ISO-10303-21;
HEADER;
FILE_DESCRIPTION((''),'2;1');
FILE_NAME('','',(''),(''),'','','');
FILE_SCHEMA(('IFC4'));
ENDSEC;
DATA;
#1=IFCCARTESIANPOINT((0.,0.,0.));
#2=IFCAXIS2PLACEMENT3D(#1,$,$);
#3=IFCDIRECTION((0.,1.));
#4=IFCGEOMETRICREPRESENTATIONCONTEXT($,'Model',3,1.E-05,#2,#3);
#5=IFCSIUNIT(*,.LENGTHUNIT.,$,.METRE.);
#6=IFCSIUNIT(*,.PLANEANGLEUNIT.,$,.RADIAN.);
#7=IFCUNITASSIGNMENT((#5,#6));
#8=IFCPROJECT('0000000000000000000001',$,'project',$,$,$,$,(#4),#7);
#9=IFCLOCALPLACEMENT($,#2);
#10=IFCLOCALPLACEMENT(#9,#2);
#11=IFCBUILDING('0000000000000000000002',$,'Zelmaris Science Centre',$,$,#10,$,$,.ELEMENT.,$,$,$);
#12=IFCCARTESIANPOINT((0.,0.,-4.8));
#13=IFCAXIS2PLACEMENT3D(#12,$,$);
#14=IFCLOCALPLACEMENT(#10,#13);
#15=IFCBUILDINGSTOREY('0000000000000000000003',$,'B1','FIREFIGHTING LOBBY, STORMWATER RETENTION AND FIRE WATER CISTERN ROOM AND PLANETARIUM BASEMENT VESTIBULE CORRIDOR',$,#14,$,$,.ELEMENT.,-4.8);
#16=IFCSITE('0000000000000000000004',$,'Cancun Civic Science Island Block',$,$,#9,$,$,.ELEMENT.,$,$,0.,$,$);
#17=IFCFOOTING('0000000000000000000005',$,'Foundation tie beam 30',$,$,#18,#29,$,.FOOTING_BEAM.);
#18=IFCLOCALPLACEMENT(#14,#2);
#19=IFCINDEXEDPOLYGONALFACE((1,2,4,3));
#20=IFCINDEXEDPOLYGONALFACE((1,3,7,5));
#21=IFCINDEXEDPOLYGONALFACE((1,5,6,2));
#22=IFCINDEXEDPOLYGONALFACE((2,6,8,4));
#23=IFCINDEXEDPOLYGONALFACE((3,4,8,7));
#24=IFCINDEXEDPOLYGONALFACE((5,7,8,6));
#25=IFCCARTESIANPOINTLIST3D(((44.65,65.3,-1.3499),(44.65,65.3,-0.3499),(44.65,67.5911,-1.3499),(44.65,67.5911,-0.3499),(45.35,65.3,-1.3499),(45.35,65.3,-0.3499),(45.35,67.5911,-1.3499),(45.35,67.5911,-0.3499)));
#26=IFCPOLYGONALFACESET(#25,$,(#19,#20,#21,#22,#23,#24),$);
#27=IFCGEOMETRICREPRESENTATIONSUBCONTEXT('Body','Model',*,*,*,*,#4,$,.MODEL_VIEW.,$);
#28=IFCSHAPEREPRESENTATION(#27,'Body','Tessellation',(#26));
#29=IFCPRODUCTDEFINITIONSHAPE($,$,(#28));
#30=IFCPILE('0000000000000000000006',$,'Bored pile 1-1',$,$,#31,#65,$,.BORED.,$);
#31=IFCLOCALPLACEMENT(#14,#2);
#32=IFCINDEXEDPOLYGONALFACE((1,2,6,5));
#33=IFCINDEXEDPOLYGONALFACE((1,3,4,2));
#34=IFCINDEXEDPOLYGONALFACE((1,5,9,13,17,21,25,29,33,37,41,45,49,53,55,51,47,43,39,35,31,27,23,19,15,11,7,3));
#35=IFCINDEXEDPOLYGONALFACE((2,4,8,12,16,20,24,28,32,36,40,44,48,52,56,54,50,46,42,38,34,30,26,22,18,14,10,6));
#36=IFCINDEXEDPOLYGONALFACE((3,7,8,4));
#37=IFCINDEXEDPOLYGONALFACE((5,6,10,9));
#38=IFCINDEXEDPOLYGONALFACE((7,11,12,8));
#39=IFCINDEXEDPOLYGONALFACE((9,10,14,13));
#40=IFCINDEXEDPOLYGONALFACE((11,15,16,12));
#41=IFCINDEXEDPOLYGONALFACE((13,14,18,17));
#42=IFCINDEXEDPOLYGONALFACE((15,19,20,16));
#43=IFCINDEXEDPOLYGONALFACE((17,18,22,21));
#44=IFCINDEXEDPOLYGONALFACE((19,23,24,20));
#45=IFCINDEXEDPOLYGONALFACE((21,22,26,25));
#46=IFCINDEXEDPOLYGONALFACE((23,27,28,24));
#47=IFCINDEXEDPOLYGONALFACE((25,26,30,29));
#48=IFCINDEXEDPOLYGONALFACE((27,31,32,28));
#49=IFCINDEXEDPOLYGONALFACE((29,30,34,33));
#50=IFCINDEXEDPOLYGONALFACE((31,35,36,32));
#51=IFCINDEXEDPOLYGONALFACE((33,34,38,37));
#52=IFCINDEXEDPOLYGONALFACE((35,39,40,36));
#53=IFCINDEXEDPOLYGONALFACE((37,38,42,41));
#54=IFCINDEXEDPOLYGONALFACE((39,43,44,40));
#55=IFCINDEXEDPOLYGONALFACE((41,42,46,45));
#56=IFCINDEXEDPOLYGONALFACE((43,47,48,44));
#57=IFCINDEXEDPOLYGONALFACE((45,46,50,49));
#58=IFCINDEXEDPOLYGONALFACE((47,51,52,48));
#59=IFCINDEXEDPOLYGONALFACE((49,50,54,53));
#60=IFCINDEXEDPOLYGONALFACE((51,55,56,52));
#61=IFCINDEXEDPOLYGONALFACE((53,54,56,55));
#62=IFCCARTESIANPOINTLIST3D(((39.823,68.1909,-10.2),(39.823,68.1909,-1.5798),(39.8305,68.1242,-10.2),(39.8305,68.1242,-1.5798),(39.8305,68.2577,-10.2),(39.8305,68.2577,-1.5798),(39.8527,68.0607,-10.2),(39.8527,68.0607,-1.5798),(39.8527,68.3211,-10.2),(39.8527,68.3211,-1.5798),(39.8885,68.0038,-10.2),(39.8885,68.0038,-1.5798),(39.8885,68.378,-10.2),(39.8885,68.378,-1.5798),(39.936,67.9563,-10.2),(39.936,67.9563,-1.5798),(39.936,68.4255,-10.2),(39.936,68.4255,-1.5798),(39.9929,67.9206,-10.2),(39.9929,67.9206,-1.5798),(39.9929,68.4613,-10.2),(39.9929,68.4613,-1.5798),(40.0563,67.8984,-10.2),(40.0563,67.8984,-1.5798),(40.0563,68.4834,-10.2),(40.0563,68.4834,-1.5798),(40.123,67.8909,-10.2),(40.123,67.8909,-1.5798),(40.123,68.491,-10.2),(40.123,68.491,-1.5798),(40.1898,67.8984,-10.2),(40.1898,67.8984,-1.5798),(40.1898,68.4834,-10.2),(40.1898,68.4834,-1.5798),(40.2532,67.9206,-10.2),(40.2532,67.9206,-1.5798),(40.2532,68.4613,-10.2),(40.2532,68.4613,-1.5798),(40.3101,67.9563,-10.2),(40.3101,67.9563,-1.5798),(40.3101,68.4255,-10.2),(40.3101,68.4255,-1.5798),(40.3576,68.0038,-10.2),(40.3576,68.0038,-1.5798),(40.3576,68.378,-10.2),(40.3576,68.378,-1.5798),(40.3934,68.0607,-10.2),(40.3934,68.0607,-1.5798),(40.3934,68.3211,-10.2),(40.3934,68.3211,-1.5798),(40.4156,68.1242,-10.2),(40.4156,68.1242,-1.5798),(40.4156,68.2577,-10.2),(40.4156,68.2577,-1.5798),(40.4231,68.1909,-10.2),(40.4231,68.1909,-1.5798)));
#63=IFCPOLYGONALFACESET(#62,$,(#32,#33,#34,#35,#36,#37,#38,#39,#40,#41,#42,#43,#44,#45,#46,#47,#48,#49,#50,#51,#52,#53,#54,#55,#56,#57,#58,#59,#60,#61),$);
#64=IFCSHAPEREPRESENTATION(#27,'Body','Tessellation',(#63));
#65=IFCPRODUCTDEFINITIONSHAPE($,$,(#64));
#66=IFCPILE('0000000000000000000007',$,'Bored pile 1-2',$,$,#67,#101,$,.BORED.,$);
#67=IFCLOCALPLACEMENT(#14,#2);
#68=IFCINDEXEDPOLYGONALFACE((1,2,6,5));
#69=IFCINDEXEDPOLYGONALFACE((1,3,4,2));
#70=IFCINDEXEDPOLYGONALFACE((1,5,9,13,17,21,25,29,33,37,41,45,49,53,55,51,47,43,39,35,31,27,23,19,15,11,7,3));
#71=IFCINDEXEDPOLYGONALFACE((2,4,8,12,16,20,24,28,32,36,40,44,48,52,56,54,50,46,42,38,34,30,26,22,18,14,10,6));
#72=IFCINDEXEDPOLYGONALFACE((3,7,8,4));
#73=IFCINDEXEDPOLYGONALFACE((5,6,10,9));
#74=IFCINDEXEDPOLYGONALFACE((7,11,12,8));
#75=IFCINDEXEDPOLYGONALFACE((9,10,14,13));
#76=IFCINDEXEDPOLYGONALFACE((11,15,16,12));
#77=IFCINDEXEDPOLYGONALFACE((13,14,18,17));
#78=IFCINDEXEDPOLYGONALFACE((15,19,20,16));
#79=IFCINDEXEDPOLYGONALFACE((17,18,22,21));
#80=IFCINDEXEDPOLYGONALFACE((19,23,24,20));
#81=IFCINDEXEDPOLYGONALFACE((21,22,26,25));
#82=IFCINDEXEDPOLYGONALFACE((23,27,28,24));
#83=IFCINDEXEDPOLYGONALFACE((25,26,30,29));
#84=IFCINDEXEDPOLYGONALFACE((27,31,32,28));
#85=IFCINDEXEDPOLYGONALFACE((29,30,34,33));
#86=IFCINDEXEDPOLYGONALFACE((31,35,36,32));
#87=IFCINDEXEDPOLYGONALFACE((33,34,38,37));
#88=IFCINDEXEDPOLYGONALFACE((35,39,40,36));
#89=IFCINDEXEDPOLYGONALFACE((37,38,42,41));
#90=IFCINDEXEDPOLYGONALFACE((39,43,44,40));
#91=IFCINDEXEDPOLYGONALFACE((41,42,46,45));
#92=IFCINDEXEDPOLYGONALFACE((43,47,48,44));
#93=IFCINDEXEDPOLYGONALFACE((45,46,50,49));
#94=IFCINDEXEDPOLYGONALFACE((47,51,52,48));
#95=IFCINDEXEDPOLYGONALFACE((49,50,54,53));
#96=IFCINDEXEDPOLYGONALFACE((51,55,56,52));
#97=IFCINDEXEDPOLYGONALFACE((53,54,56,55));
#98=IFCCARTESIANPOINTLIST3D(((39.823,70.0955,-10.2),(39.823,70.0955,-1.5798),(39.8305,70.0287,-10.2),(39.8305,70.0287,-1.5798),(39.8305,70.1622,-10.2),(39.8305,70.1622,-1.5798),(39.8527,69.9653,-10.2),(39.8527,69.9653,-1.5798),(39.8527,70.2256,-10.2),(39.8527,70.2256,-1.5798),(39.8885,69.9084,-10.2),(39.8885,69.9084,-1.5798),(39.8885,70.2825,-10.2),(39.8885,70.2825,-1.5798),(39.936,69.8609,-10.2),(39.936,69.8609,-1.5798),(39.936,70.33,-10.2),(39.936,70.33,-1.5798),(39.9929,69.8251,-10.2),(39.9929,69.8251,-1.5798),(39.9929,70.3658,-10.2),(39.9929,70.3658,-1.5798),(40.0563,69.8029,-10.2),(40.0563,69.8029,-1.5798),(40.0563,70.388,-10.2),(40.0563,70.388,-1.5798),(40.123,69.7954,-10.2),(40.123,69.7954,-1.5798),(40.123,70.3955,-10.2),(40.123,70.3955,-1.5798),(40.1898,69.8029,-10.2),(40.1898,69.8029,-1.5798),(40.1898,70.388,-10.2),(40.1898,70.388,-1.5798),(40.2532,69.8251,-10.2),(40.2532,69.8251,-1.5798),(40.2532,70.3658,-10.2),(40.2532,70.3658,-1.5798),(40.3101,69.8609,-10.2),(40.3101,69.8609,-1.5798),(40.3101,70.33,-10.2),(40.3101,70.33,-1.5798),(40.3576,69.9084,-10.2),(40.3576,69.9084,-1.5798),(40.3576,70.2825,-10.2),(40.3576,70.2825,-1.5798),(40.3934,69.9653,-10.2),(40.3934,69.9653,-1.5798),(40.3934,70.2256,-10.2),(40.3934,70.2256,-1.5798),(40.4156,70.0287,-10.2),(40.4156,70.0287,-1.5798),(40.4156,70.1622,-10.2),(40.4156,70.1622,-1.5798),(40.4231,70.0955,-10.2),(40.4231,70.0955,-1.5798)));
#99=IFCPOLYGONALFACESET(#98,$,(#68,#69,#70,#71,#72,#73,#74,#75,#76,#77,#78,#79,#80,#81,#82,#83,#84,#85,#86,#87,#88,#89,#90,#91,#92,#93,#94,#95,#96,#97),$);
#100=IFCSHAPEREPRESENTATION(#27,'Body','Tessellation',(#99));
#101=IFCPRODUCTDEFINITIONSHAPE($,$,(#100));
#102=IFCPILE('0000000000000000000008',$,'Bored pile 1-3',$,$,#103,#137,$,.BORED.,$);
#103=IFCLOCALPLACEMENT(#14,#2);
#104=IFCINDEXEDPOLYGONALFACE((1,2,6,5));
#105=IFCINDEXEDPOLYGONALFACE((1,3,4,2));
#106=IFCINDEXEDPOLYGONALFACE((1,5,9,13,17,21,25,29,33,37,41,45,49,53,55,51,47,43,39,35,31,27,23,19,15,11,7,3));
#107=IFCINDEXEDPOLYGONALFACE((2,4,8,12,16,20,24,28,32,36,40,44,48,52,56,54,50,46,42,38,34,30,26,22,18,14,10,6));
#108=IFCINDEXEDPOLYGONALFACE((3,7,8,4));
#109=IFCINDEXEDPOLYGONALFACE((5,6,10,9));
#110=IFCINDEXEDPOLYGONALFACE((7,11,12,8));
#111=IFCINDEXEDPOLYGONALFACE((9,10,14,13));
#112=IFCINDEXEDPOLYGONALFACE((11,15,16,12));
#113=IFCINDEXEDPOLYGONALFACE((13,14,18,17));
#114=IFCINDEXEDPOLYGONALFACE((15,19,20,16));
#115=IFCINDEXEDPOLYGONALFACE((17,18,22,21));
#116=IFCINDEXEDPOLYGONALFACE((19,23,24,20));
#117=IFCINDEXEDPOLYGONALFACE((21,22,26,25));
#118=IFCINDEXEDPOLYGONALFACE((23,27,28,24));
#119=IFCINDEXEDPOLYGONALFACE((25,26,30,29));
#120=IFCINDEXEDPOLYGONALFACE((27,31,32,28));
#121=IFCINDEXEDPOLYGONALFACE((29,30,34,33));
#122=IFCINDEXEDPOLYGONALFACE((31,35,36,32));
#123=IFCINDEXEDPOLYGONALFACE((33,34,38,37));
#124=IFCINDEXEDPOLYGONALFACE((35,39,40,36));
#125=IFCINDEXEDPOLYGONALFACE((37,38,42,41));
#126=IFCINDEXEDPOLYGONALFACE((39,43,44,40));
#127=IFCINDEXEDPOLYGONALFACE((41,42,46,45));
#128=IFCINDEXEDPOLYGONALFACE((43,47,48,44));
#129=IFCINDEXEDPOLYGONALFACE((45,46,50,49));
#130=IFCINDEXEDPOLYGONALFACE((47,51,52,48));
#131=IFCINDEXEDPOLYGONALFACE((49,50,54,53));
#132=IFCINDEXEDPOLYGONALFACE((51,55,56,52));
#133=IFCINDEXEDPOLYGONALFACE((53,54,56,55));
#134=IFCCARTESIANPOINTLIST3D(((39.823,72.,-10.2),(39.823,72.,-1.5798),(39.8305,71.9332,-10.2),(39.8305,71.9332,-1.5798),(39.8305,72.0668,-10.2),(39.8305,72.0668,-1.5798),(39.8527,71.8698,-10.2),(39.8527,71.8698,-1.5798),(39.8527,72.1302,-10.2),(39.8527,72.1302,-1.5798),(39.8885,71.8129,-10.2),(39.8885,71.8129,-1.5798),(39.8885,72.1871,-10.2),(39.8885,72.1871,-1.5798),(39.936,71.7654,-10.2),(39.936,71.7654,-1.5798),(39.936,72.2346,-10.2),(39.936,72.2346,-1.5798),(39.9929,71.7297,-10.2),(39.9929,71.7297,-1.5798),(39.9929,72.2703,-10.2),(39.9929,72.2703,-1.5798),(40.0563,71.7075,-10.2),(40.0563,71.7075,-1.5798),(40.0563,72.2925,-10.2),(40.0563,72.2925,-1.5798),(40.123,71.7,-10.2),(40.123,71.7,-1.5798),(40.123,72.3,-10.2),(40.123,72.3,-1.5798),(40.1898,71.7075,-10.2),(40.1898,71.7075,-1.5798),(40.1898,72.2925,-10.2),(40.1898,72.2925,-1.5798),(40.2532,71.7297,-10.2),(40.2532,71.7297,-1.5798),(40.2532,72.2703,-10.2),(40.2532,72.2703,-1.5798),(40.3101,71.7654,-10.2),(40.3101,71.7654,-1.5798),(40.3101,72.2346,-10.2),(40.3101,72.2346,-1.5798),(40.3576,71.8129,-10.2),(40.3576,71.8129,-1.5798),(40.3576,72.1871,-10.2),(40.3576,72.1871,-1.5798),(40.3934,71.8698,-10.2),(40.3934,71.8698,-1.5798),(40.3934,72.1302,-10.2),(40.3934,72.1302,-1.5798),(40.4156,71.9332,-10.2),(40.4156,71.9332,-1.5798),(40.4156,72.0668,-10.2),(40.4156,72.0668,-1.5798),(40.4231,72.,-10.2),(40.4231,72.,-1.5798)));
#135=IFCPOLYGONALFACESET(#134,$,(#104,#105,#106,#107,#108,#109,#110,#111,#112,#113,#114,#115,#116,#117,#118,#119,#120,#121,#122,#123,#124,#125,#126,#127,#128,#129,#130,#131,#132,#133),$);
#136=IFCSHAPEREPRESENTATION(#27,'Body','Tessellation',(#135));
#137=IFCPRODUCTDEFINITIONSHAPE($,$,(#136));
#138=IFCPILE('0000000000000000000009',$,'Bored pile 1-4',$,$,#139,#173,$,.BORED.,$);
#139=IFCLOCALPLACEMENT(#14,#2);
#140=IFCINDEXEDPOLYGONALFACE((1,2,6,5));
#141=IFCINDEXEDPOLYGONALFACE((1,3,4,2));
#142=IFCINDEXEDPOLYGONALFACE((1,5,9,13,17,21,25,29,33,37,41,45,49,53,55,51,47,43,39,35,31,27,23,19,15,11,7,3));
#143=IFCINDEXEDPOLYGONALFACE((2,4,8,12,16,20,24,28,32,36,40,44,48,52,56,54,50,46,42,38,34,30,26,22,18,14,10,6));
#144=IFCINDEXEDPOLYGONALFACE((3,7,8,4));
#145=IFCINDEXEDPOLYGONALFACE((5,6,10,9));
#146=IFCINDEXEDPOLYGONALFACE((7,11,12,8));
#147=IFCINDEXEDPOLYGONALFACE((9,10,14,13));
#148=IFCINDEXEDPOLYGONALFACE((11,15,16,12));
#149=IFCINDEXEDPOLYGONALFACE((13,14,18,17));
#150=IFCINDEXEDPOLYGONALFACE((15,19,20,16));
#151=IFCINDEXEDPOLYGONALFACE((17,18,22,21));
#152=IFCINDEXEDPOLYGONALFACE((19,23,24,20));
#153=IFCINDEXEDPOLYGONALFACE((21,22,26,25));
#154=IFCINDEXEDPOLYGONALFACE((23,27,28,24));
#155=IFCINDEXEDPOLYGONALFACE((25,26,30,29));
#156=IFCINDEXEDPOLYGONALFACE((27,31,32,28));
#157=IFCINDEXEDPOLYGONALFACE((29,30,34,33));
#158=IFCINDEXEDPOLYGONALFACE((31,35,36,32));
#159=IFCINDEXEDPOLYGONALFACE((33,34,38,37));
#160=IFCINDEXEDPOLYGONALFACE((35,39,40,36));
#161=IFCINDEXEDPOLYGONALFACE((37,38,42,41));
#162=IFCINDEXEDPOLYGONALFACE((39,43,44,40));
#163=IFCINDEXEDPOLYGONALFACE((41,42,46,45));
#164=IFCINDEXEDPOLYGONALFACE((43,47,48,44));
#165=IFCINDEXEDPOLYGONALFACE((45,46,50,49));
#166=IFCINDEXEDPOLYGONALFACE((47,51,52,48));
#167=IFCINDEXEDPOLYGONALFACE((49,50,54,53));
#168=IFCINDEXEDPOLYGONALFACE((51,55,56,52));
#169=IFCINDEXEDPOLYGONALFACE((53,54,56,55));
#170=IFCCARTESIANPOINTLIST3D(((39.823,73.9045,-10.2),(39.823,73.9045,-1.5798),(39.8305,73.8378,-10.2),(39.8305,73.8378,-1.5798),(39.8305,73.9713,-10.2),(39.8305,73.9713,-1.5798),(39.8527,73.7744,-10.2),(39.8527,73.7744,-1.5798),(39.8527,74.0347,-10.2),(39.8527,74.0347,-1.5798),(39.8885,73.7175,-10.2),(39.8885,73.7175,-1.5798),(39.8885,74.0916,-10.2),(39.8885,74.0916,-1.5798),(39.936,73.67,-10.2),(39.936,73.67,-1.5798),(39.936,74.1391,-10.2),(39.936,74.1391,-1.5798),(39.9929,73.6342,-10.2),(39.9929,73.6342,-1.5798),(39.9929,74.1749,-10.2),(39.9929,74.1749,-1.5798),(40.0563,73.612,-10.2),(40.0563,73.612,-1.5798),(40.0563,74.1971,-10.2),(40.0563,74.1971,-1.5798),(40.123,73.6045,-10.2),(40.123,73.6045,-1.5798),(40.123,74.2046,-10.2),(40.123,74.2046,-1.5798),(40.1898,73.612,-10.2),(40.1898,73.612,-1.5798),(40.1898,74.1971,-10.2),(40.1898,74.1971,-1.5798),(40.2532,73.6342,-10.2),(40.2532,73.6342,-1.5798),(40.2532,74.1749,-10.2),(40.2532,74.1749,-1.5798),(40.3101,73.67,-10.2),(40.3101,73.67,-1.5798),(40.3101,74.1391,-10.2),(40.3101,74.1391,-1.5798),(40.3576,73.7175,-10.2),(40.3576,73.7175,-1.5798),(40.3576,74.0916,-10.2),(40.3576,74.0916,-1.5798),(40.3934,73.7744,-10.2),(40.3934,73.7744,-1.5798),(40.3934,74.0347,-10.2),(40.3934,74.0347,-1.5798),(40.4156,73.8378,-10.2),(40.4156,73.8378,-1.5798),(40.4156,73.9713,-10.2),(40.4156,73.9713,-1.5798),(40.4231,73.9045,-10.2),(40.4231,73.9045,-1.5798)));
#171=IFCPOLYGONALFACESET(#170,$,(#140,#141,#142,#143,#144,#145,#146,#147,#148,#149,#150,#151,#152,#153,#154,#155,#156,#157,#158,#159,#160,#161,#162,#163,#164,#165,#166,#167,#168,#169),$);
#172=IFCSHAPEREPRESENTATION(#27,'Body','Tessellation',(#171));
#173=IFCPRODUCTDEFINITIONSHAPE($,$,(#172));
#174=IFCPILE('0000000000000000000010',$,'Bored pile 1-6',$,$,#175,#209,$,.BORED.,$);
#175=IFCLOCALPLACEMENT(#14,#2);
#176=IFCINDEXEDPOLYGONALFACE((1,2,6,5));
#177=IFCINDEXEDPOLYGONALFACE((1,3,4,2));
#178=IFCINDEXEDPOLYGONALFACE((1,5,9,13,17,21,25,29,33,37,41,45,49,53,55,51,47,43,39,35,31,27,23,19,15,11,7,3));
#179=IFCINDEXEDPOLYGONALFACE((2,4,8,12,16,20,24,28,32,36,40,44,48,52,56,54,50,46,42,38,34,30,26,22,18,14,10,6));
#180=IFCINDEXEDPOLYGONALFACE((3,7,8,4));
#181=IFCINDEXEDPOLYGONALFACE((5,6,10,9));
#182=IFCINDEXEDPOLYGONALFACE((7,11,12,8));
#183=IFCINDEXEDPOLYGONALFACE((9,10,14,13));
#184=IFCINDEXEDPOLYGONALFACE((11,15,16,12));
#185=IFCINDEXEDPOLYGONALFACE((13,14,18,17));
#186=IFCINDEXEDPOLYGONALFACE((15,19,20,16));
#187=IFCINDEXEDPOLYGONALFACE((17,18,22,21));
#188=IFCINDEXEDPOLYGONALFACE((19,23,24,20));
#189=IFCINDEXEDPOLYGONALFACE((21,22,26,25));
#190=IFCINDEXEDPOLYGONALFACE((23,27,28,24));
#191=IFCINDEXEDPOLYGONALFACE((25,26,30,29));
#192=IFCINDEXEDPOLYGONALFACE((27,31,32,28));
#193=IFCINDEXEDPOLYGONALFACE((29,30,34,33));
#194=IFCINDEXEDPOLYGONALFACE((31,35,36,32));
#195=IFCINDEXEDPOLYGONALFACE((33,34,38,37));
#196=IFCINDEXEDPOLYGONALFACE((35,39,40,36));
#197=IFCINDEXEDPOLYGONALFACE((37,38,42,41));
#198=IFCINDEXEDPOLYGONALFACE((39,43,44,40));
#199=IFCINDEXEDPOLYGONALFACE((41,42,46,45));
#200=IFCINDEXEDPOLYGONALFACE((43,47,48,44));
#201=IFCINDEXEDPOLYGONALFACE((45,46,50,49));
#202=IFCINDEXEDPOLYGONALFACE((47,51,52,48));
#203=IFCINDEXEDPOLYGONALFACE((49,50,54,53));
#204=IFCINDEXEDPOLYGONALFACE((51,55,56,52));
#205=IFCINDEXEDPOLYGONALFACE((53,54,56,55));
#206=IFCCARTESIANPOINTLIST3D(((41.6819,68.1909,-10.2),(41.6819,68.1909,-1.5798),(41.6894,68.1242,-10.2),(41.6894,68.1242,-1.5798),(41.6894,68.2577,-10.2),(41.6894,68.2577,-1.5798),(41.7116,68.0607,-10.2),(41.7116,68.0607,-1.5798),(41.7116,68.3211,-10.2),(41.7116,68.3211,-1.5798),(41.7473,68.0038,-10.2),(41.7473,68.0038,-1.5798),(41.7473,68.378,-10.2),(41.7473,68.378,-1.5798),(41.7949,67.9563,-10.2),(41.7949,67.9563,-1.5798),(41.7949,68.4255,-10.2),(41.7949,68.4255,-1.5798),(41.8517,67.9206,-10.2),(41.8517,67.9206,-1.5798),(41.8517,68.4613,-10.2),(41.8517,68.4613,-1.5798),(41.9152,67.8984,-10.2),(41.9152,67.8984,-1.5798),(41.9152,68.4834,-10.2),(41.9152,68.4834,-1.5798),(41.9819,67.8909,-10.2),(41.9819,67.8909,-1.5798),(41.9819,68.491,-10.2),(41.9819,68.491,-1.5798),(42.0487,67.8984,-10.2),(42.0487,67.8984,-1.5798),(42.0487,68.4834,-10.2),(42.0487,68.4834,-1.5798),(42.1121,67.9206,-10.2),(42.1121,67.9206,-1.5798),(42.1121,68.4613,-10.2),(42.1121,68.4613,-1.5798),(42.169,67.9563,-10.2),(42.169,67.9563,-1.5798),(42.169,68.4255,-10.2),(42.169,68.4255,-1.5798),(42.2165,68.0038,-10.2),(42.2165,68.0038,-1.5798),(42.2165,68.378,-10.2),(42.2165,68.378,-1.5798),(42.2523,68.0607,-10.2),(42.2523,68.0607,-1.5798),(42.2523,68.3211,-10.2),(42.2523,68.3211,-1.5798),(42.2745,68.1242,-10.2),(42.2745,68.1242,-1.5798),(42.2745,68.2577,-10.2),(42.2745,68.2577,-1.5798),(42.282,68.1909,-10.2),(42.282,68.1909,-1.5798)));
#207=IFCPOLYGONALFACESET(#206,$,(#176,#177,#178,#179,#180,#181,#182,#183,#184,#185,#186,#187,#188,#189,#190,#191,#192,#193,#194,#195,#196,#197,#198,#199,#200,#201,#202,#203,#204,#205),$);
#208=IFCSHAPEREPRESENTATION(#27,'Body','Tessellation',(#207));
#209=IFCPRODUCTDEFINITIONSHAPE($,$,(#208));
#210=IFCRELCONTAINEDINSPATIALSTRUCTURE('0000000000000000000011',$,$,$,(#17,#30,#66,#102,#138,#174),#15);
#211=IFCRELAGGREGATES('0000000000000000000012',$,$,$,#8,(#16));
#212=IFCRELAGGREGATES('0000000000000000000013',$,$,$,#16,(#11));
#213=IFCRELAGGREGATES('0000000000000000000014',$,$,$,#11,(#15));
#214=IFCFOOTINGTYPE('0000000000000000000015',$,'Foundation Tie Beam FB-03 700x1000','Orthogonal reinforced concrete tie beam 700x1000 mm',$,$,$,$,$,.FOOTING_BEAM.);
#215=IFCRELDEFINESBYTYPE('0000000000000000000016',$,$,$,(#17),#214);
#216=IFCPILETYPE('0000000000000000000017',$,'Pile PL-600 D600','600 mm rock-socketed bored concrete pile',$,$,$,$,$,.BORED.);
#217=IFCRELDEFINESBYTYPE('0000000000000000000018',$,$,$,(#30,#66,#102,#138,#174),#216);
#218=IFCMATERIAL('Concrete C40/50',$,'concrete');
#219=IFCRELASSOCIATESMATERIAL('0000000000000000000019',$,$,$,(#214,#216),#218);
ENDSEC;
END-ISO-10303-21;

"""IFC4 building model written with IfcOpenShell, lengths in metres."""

from ifc_helpers import new_model, si_unit, direction, frame, origin, origin_2d, place, context, subcontext, project, spatial, rectangle, circle, extrude, material, material_profile, profile_set, type_object, element, save


model = new_model("IFC4")

# Units and contexts
model_context = context("Model", 3, precision=1e-05, world=origin(), true_north=direction((0.0, 1.0)))
body_context = subcontext(model_context, "Body", "Model", "MODEL_VIEW")
ifc_project = project(units=[si_unit("LENGTHUNIT", "METRE"), si_unit("PLANEANGLEUNIT", "RADIAN")], contexts=[model_context])

# Site, building, storey
site_placement = place(None, origin())
site = spatial("IfcSite", under=ifc_project, at=site_placement, Name="Cancun Civic Science Island Block", CompositionType="ELEMENT", RefElevation=0.0)
building_placement = place(site_placement, origin())
building = spatial("IfcBuilding", under=site, at=building_placement, Name="Zelmaris Science Centre", CompositionType="ELEMENT")
storey_placement = place(building_placement, frame((0.0, 0.0, -4.8)))
storey = spatial("IfcBuildingStorey", under=building, at=storey_placement, Name="B1", Description="FIREFIGHTING LOBBY, STORMWATER RETENTION AND FIRE WATER CISTERN ROOM AND PLANETARIUM BASEMENT VESTIBULE CORRIDOR", CompositionType="ELEMENT", Elevation=-4.8)

# Footing
ifc_material_1 = material(Name="Concrete C40/50", Category="concrete")
ifc_material_profile_1 = material_profile(ifc_material_1, rectangle(XDim=0.7, YDim=1.0, at=origin_2d()), Name="FB-700X1000")
ifc_profile_set_1 = profile_set([ifc_material_profile_1], Name="Concrete C40/50")
footing_type = type_object("IfcFootingType", Name="Foundation Tie Beam FB-03 700x1000", Description="Orthogonal reinforced concrete tie beam 700x1000 mm", PredefinedType="FOOTING_BEAM", material=ifc_profile_set_1)
footing_placement = place(storey_placement, frame((45.0, 65.3, -0.8499), z_axis=(0.0, 1.0, 0.0), x_axis=(-1.0, 0.0, 0.0)))
element("IfcFooting", 1, at=footing_placement, inside=storey, type_object=footing_type, Name="Foundation tie beam 30", PredefinedType="FOOTING_BEAM", context=body_context, shape_type="SweptSolid", body=[
    extrude(rectangle(XDim=0.7, YDim=1.0, at=origin_2d()), origin(), (0.0, 0.0, 1.0), 2.291),
])

# Piles
ifc_material_profile_2 = material_profile(ifc_material_1, circle(Radius=0.3, at=origin_2d()), Name="PILE-600")
ifc_profile_set_2 = profile_set([ifc_material_profile_2], Name="Concrete C40/50")
pile_type_1 = type_object("IfcPileType", Name="Pile PL-600 D600", Description="600 mm rock-socketed bored concrete pile", PredefinedType="BORED", material=ifc_profile_set_2)
for number, where, z_axis, x_axis, name in (
    (2, (40.123, 68.1909, -1.5798), (0.0, 0.0, -1.0), (1.0, 0.0, 0.0), "Bored pile 1-1"),
    (3, (40.123, 70.0955, -1.5798), (0.0, 0.0, -1.0), (1.0, 0.0, 0.0), "Bored pile 1-2"),
    (4, (40.123, 72.0, -1.5798), (0.0, 0.0, -1.0), (1.0, 0.0, 0.0), "Bored pile 1-3"),
    (5, (40.123, 73.9045, -1.5798), (0.0, 0.0, -1.0), (1.0, 0.0, 0.0), "Bored pile 1-4"),
    (6, (41.9819, 68.1909, -1.5798), (0.0, 0.0, -1.0), (1.0, 0.0, 0.0), "Bored pile 1-6"),
):
    element("IfcPile", number, at=place(storey_placement, frame(where, z_axis=z_axis, x_axis=x_axis)), inside=storey, type_object=pile_type_1, Name=name, PredefinedType="BORED", context=body_context, shape_type="SweptSolid", body=[
        extrude(circle(Radius=0.3, at=origin_2d()), origin(), (0.0, 0.0, 1.0), 8.6201),
    ])

save(model, "model.ifc")
